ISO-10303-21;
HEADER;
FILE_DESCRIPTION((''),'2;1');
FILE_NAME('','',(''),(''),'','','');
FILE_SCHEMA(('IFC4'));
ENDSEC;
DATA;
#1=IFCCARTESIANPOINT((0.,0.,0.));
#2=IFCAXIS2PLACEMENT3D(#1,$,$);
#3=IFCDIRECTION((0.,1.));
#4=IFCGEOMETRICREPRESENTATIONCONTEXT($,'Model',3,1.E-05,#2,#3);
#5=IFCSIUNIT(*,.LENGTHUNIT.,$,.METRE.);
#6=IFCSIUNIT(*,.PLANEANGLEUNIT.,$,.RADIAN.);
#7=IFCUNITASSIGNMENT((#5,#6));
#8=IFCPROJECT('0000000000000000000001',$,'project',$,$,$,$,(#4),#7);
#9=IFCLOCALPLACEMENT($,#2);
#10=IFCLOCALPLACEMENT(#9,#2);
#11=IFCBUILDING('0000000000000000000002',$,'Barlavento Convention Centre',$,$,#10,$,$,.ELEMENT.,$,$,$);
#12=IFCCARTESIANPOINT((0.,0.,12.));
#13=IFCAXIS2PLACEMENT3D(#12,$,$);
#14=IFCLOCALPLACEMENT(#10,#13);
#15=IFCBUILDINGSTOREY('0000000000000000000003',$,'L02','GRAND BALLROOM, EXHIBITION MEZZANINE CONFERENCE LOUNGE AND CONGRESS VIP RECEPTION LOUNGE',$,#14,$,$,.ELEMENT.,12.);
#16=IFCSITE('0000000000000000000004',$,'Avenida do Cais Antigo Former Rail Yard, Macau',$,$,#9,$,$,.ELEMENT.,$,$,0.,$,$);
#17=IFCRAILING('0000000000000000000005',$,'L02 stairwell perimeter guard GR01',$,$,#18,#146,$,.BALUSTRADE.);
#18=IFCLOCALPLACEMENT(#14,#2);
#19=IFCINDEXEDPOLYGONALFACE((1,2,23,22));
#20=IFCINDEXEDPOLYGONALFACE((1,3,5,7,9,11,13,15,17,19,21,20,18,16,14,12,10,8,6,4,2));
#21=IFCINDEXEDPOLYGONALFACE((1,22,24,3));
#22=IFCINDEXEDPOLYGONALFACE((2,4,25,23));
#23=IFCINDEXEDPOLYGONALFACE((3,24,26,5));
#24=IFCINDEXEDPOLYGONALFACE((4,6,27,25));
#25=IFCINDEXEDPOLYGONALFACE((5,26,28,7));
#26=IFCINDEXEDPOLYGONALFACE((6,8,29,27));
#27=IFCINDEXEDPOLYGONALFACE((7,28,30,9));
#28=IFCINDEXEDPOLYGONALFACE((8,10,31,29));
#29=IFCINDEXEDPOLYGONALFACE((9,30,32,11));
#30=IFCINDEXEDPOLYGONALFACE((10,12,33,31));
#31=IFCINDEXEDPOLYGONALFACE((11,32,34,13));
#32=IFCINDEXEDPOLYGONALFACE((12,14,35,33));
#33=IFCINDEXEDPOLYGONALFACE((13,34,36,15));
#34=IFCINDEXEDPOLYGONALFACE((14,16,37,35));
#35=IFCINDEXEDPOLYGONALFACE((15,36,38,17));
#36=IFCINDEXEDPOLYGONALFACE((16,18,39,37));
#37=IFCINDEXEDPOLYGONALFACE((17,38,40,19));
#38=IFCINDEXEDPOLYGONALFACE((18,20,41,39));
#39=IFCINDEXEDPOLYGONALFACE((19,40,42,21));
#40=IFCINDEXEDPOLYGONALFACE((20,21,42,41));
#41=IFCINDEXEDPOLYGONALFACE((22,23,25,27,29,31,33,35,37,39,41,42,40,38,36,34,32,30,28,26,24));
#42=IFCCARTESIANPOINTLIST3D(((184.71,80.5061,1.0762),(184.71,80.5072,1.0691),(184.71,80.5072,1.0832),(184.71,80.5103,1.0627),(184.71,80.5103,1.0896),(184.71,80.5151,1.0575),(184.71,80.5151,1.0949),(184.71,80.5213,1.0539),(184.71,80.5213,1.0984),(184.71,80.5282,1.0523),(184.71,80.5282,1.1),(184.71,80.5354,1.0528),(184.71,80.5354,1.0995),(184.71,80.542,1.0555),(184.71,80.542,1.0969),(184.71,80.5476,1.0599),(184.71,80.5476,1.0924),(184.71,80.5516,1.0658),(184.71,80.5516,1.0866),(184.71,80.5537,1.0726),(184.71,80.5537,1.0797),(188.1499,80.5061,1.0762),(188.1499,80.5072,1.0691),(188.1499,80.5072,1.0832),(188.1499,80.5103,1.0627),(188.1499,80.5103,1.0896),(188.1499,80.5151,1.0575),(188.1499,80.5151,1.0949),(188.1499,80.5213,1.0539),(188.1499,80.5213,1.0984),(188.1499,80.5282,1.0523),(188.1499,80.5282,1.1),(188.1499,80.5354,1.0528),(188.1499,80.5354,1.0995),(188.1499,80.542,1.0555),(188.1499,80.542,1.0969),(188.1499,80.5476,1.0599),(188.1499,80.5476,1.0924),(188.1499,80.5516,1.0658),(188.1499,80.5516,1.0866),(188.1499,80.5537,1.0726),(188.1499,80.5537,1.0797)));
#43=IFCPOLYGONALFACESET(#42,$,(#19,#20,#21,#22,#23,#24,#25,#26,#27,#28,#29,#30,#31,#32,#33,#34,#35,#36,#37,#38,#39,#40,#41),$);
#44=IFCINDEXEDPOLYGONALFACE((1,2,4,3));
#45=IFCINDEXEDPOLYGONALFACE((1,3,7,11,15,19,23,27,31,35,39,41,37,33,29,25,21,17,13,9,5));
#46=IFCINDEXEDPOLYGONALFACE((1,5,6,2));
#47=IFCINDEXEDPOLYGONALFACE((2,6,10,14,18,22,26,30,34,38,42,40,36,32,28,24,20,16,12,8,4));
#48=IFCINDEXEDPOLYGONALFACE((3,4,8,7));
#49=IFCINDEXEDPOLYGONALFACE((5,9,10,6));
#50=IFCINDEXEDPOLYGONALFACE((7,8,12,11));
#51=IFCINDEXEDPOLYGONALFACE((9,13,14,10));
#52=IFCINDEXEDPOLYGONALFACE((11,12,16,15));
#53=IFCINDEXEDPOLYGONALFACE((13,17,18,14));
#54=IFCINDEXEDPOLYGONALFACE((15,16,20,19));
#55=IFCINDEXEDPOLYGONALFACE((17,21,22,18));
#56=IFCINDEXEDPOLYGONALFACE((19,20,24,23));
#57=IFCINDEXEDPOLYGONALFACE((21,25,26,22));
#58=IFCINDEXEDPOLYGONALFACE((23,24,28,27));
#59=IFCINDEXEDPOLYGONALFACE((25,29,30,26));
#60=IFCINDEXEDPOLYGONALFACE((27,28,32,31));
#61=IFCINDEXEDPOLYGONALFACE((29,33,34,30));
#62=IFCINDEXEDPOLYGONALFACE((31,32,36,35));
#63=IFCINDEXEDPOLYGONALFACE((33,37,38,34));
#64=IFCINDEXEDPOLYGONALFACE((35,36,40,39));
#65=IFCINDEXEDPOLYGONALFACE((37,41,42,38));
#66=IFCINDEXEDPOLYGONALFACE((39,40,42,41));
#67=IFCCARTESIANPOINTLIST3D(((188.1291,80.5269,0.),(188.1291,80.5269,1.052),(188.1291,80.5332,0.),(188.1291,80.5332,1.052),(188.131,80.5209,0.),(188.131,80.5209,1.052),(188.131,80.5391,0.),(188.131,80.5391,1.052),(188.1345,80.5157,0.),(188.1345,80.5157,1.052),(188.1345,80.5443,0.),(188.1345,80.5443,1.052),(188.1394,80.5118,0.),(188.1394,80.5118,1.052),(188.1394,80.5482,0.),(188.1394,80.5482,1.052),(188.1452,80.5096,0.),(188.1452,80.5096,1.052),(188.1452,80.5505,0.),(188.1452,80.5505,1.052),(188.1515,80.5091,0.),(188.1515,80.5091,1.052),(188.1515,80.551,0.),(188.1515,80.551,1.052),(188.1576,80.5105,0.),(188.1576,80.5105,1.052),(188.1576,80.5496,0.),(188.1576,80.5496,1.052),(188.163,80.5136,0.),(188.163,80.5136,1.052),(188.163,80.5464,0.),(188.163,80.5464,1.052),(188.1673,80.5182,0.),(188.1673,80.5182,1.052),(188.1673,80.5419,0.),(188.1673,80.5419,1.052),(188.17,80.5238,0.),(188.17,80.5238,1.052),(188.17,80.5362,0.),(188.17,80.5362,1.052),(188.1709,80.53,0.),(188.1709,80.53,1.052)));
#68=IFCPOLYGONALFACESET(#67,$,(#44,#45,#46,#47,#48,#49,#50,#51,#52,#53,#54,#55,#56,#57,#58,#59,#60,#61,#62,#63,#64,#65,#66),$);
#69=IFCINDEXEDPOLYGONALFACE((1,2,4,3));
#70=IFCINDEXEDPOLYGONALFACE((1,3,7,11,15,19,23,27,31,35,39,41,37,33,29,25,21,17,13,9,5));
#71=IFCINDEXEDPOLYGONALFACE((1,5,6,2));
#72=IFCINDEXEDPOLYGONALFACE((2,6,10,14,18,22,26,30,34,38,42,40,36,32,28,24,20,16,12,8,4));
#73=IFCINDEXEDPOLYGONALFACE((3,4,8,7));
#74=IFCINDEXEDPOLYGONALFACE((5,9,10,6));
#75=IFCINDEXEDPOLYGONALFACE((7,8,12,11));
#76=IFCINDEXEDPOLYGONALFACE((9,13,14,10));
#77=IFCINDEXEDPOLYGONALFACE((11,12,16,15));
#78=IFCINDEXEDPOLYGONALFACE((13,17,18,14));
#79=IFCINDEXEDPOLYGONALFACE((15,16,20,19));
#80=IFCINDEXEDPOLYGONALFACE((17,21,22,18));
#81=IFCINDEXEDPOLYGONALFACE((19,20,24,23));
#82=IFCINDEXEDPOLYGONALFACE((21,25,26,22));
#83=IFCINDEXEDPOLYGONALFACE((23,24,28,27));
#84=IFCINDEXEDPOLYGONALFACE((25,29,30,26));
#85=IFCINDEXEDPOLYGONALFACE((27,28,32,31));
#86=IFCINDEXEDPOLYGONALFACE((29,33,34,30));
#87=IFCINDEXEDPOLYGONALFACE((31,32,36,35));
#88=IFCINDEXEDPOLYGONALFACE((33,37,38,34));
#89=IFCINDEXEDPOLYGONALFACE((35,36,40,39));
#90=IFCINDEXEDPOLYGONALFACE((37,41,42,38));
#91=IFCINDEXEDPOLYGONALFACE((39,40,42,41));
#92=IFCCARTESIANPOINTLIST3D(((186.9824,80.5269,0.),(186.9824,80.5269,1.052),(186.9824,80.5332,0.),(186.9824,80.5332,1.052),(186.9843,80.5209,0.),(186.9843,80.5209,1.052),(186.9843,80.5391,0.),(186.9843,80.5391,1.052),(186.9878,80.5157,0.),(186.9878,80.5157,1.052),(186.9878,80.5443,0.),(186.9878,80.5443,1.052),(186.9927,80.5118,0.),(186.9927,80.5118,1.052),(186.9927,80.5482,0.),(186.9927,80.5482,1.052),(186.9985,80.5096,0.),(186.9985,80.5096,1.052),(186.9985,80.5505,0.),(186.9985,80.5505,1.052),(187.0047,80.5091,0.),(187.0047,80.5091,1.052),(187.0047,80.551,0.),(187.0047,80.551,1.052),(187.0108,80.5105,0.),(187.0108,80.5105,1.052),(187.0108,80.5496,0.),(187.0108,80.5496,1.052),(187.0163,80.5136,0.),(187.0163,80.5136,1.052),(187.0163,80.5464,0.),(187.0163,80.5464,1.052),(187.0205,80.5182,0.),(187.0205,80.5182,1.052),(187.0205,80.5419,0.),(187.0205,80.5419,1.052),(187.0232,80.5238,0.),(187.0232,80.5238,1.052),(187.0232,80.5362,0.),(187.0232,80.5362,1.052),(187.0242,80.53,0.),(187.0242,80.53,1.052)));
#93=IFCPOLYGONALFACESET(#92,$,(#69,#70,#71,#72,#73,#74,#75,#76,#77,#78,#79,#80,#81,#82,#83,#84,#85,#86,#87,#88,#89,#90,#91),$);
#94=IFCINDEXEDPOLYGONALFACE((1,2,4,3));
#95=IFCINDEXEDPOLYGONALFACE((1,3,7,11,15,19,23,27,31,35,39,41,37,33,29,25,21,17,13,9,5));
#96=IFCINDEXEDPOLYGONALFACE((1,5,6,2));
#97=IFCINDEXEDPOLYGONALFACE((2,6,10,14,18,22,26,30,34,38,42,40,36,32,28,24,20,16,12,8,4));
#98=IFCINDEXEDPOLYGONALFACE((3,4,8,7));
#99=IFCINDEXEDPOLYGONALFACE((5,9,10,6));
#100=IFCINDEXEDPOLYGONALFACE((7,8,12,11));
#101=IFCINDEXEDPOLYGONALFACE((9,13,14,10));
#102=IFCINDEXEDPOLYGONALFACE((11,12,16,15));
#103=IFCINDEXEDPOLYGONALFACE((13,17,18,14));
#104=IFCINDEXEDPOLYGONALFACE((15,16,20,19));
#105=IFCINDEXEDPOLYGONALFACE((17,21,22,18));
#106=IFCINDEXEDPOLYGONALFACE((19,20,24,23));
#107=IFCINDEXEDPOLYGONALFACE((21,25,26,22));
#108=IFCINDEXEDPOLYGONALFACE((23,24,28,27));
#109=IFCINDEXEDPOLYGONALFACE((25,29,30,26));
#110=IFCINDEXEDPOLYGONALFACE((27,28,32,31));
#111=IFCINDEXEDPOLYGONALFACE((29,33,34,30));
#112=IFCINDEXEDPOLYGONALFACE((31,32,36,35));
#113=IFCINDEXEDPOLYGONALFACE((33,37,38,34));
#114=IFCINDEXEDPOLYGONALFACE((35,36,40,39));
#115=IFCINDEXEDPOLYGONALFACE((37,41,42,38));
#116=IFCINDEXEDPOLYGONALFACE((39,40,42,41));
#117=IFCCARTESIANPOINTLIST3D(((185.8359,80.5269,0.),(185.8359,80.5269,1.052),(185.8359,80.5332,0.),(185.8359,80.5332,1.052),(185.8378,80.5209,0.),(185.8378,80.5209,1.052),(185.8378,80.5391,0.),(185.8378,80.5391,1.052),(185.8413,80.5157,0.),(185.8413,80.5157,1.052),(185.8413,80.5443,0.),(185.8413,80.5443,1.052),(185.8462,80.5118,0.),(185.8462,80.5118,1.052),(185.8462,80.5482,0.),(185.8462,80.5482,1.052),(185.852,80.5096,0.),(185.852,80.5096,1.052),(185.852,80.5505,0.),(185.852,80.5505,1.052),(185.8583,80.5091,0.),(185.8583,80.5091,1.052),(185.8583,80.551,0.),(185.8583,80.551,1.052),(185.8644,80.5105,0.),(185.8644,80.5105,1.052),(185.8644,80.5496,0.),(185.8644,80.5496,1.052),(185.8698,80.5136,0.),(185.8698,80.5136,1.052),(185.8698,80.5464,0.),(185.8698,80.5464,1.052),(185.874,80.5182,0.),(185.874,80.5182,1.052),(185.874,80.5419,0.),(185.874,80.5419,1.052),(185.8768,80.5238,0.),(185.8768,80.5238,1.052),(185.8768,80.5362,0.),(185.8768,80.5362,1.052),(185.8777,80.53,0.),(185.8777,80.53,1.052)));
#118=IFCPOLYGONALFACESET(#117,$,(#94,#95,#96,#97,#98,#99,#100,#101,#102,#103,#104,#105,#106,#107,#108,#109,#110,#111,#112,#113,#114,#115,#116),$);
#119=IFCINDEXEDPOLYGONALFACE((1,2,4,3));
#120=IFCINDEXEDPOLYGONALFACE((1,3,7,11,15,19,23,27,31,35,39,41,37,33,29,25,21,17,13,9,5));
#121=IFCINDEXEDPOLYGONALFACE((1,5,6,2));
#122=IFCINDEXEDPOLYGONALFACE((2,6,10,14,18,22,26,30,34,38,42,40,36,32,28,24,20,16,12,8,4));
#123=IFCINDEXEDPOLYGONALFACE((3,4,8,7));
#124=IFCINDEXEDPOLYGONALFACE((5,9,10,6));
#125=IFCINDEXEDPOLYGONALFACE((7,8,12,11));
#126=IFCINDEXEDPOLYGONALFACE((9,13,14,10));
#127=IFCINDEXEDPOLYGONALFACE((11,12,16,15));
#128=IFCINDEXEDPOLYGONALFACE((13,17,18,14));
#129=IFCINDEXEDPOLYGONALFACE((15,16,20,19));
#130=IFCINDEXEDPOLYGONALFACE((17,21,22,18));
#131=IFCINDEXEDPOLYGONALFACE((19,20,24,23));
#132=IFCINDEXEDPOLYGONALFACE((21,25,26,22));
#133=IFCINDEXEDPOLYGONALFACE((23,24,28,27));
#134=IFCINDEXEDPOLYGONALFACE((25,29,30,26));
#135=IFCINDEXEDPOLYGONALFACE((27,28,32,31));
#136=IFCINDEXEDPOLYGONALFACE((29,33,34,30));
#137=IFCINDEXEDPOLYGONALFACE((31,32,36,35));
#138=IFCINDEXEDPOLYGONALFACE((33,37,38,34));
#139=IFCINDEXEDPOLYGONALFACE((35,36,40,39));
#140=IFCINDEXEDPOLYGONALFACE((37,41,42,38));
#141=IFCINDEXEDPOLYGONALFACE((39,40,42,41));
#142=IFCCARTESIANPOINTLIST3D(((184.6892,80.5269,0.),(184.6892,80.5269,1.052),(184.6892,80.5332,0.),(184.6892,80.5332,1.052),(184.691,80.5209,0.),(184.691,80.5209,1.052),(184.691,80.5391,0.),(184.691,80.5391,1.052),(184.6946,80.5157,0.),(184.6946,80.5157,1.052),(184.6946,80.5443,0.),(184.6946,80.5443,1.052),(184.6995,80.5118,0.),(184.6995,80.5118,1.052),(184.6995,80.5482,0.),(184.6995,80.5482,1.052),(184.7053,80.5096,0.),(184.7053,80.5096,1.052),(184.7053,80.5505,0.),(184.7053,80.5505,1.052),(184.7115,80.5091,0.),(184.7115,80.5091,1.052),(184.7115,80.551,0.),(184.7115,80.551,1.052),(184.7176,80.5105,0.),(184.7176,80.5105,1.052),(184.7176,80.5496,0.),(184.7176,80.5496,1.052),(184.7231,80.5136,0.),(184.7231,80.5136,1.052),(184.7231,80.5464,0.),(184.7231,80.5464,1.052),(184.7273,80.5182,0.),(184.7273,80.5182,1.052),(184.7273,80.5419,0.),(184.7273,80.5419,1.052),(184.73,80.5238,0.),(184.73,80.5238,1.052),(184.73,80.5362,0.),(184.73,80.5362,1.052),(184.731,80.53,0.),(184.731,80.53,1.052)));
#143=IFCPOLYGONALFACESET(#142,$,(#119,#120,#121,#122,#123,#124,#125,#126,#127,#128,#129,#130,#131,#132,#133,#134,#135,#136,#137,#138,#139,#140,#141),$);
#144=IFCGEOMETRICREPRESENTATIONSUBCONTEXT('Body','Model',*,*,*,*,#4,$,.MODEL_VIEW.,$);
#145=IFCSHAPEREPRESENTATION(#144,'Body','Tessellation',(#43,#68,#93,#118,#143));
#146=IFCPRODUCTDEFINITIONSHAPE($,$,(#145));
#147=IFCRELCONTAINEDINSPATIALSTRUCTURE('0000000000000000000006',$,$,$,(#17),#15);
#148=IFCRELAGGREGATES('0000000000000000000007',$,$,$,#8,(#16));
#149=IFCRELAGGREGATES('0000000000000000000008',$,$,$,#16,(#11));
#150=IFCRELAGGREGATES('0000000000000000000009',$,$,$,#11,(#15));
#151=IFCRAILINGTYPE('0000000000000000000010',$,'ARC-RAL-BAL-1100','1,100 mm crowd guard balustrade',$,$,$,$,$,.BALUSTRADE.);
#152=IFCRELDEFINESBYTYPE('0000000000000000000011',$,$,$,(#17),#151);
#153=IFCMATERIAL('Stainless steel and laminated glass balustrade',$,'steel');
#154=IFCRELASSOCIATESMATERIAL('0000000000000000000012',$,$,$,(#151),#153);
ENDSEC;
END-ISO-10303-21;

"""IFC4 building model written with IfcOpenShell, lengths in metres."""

from ifc_helpers import new_model, si_unit, direction, frame, origin, origin_2d, place, context, subcontext, project, spatial, circle, extrude, material, type_object, element, save


model = new_model("IFC4")

# Units and contexts
model_context = context("Model", 3, precision=1e-05, world=origin(), true_north=direction((0.0, 1.0)))
body_context = subcontext(model_context, "Body", "Model", "MODEL_VIEW")
ifc_project = project(units=[si_unit("LENGTHUNIT", "METRE"), si_unit("PLANEANGLEUNIT", "RADIAN")], contexts=[model_context])

# Site, building, storey
site_placement = place(None, origin())
site = spatial("IfcSite", under=ifc_project, at=site_placement, Name="Avenida do Cais Antigo Former Rail Yard, Macau", CompositionType="ELEMENT", RefElevation=0.0)
building_placement = place(site_placement, origin())
building = spatial("IfcBuilding", under=site, at=building_placement, Name="Barlavento Convention Centre", CompositionType="ELEMENT")
storey_placement = place(building_placement, frame((0.0, 0.0, 12.0)))
storey = spatial("IfcBuildingStorey", under=building, at=storey_placement, Name="L02", Description="GRAND BALLROOM, EXHIBITION MEZZANINE CONFERENCE LOUNGE AND CONGRESS VIP RECEPTION LOUNGE", CompositionType="ELEMENT", Elevation=12.0)

# Railing
ifc_material_1 = material(Name="Stainless steel and laminated glass balustrade", Category="steel")
railing_type_1 = type_object("IfcRailingType", Name="ARC-RAL-BAL-1100", Description="1,100 mm crowd guard balustrade", PredefinedType="BALUSTRADE", material=ifc_material_1)
for number, where, name in (
    (1, (188.1499, 80.53, 0.0), "L02 stairwell perimeter guard GR01"),
):
    element("IfcRailing", number, at=place(storey_placement, frame(where)), inside=storey, type_object=railing_type_1, Name=name, PredefinedType="BALUSTRADE", context=body_context, shape_type="SweptSolid", body=[
        extrude(circle(Radius=0.0239, at=origin_2d()), frame((0.0, 0.0, 1.0762), z_axis=(-1.0, 0.0, 0.0), x_axis=(0.0, -1.0, 0.0)), (0.0, 0.0, 1.0), 3.4399),
        extrude(circle(Radius=0.021, at=origin_2d()), origin(), (0.0, 0.0, 1.0), 1.052),
        extrude(circle(Radius=0.021, at=origin_2d()), frame((-1.1467, 0.0, 0.0)), (0.0, 0.0, 1.0), 1.052),
        extrude(circle(Radius=0.021, at=origin_2d()), frame((-2.2932, 0.0, 0.0)), (0.0, 0.0, 1.0), 1.052),
        extrude(circle(Radius=0.021, at=origin_2d()), frame((-3.4399, 0.0, 0.0)), (0.0, 0.0, 1.0), 1.052),
    ])

save(model, "model.ifc")
